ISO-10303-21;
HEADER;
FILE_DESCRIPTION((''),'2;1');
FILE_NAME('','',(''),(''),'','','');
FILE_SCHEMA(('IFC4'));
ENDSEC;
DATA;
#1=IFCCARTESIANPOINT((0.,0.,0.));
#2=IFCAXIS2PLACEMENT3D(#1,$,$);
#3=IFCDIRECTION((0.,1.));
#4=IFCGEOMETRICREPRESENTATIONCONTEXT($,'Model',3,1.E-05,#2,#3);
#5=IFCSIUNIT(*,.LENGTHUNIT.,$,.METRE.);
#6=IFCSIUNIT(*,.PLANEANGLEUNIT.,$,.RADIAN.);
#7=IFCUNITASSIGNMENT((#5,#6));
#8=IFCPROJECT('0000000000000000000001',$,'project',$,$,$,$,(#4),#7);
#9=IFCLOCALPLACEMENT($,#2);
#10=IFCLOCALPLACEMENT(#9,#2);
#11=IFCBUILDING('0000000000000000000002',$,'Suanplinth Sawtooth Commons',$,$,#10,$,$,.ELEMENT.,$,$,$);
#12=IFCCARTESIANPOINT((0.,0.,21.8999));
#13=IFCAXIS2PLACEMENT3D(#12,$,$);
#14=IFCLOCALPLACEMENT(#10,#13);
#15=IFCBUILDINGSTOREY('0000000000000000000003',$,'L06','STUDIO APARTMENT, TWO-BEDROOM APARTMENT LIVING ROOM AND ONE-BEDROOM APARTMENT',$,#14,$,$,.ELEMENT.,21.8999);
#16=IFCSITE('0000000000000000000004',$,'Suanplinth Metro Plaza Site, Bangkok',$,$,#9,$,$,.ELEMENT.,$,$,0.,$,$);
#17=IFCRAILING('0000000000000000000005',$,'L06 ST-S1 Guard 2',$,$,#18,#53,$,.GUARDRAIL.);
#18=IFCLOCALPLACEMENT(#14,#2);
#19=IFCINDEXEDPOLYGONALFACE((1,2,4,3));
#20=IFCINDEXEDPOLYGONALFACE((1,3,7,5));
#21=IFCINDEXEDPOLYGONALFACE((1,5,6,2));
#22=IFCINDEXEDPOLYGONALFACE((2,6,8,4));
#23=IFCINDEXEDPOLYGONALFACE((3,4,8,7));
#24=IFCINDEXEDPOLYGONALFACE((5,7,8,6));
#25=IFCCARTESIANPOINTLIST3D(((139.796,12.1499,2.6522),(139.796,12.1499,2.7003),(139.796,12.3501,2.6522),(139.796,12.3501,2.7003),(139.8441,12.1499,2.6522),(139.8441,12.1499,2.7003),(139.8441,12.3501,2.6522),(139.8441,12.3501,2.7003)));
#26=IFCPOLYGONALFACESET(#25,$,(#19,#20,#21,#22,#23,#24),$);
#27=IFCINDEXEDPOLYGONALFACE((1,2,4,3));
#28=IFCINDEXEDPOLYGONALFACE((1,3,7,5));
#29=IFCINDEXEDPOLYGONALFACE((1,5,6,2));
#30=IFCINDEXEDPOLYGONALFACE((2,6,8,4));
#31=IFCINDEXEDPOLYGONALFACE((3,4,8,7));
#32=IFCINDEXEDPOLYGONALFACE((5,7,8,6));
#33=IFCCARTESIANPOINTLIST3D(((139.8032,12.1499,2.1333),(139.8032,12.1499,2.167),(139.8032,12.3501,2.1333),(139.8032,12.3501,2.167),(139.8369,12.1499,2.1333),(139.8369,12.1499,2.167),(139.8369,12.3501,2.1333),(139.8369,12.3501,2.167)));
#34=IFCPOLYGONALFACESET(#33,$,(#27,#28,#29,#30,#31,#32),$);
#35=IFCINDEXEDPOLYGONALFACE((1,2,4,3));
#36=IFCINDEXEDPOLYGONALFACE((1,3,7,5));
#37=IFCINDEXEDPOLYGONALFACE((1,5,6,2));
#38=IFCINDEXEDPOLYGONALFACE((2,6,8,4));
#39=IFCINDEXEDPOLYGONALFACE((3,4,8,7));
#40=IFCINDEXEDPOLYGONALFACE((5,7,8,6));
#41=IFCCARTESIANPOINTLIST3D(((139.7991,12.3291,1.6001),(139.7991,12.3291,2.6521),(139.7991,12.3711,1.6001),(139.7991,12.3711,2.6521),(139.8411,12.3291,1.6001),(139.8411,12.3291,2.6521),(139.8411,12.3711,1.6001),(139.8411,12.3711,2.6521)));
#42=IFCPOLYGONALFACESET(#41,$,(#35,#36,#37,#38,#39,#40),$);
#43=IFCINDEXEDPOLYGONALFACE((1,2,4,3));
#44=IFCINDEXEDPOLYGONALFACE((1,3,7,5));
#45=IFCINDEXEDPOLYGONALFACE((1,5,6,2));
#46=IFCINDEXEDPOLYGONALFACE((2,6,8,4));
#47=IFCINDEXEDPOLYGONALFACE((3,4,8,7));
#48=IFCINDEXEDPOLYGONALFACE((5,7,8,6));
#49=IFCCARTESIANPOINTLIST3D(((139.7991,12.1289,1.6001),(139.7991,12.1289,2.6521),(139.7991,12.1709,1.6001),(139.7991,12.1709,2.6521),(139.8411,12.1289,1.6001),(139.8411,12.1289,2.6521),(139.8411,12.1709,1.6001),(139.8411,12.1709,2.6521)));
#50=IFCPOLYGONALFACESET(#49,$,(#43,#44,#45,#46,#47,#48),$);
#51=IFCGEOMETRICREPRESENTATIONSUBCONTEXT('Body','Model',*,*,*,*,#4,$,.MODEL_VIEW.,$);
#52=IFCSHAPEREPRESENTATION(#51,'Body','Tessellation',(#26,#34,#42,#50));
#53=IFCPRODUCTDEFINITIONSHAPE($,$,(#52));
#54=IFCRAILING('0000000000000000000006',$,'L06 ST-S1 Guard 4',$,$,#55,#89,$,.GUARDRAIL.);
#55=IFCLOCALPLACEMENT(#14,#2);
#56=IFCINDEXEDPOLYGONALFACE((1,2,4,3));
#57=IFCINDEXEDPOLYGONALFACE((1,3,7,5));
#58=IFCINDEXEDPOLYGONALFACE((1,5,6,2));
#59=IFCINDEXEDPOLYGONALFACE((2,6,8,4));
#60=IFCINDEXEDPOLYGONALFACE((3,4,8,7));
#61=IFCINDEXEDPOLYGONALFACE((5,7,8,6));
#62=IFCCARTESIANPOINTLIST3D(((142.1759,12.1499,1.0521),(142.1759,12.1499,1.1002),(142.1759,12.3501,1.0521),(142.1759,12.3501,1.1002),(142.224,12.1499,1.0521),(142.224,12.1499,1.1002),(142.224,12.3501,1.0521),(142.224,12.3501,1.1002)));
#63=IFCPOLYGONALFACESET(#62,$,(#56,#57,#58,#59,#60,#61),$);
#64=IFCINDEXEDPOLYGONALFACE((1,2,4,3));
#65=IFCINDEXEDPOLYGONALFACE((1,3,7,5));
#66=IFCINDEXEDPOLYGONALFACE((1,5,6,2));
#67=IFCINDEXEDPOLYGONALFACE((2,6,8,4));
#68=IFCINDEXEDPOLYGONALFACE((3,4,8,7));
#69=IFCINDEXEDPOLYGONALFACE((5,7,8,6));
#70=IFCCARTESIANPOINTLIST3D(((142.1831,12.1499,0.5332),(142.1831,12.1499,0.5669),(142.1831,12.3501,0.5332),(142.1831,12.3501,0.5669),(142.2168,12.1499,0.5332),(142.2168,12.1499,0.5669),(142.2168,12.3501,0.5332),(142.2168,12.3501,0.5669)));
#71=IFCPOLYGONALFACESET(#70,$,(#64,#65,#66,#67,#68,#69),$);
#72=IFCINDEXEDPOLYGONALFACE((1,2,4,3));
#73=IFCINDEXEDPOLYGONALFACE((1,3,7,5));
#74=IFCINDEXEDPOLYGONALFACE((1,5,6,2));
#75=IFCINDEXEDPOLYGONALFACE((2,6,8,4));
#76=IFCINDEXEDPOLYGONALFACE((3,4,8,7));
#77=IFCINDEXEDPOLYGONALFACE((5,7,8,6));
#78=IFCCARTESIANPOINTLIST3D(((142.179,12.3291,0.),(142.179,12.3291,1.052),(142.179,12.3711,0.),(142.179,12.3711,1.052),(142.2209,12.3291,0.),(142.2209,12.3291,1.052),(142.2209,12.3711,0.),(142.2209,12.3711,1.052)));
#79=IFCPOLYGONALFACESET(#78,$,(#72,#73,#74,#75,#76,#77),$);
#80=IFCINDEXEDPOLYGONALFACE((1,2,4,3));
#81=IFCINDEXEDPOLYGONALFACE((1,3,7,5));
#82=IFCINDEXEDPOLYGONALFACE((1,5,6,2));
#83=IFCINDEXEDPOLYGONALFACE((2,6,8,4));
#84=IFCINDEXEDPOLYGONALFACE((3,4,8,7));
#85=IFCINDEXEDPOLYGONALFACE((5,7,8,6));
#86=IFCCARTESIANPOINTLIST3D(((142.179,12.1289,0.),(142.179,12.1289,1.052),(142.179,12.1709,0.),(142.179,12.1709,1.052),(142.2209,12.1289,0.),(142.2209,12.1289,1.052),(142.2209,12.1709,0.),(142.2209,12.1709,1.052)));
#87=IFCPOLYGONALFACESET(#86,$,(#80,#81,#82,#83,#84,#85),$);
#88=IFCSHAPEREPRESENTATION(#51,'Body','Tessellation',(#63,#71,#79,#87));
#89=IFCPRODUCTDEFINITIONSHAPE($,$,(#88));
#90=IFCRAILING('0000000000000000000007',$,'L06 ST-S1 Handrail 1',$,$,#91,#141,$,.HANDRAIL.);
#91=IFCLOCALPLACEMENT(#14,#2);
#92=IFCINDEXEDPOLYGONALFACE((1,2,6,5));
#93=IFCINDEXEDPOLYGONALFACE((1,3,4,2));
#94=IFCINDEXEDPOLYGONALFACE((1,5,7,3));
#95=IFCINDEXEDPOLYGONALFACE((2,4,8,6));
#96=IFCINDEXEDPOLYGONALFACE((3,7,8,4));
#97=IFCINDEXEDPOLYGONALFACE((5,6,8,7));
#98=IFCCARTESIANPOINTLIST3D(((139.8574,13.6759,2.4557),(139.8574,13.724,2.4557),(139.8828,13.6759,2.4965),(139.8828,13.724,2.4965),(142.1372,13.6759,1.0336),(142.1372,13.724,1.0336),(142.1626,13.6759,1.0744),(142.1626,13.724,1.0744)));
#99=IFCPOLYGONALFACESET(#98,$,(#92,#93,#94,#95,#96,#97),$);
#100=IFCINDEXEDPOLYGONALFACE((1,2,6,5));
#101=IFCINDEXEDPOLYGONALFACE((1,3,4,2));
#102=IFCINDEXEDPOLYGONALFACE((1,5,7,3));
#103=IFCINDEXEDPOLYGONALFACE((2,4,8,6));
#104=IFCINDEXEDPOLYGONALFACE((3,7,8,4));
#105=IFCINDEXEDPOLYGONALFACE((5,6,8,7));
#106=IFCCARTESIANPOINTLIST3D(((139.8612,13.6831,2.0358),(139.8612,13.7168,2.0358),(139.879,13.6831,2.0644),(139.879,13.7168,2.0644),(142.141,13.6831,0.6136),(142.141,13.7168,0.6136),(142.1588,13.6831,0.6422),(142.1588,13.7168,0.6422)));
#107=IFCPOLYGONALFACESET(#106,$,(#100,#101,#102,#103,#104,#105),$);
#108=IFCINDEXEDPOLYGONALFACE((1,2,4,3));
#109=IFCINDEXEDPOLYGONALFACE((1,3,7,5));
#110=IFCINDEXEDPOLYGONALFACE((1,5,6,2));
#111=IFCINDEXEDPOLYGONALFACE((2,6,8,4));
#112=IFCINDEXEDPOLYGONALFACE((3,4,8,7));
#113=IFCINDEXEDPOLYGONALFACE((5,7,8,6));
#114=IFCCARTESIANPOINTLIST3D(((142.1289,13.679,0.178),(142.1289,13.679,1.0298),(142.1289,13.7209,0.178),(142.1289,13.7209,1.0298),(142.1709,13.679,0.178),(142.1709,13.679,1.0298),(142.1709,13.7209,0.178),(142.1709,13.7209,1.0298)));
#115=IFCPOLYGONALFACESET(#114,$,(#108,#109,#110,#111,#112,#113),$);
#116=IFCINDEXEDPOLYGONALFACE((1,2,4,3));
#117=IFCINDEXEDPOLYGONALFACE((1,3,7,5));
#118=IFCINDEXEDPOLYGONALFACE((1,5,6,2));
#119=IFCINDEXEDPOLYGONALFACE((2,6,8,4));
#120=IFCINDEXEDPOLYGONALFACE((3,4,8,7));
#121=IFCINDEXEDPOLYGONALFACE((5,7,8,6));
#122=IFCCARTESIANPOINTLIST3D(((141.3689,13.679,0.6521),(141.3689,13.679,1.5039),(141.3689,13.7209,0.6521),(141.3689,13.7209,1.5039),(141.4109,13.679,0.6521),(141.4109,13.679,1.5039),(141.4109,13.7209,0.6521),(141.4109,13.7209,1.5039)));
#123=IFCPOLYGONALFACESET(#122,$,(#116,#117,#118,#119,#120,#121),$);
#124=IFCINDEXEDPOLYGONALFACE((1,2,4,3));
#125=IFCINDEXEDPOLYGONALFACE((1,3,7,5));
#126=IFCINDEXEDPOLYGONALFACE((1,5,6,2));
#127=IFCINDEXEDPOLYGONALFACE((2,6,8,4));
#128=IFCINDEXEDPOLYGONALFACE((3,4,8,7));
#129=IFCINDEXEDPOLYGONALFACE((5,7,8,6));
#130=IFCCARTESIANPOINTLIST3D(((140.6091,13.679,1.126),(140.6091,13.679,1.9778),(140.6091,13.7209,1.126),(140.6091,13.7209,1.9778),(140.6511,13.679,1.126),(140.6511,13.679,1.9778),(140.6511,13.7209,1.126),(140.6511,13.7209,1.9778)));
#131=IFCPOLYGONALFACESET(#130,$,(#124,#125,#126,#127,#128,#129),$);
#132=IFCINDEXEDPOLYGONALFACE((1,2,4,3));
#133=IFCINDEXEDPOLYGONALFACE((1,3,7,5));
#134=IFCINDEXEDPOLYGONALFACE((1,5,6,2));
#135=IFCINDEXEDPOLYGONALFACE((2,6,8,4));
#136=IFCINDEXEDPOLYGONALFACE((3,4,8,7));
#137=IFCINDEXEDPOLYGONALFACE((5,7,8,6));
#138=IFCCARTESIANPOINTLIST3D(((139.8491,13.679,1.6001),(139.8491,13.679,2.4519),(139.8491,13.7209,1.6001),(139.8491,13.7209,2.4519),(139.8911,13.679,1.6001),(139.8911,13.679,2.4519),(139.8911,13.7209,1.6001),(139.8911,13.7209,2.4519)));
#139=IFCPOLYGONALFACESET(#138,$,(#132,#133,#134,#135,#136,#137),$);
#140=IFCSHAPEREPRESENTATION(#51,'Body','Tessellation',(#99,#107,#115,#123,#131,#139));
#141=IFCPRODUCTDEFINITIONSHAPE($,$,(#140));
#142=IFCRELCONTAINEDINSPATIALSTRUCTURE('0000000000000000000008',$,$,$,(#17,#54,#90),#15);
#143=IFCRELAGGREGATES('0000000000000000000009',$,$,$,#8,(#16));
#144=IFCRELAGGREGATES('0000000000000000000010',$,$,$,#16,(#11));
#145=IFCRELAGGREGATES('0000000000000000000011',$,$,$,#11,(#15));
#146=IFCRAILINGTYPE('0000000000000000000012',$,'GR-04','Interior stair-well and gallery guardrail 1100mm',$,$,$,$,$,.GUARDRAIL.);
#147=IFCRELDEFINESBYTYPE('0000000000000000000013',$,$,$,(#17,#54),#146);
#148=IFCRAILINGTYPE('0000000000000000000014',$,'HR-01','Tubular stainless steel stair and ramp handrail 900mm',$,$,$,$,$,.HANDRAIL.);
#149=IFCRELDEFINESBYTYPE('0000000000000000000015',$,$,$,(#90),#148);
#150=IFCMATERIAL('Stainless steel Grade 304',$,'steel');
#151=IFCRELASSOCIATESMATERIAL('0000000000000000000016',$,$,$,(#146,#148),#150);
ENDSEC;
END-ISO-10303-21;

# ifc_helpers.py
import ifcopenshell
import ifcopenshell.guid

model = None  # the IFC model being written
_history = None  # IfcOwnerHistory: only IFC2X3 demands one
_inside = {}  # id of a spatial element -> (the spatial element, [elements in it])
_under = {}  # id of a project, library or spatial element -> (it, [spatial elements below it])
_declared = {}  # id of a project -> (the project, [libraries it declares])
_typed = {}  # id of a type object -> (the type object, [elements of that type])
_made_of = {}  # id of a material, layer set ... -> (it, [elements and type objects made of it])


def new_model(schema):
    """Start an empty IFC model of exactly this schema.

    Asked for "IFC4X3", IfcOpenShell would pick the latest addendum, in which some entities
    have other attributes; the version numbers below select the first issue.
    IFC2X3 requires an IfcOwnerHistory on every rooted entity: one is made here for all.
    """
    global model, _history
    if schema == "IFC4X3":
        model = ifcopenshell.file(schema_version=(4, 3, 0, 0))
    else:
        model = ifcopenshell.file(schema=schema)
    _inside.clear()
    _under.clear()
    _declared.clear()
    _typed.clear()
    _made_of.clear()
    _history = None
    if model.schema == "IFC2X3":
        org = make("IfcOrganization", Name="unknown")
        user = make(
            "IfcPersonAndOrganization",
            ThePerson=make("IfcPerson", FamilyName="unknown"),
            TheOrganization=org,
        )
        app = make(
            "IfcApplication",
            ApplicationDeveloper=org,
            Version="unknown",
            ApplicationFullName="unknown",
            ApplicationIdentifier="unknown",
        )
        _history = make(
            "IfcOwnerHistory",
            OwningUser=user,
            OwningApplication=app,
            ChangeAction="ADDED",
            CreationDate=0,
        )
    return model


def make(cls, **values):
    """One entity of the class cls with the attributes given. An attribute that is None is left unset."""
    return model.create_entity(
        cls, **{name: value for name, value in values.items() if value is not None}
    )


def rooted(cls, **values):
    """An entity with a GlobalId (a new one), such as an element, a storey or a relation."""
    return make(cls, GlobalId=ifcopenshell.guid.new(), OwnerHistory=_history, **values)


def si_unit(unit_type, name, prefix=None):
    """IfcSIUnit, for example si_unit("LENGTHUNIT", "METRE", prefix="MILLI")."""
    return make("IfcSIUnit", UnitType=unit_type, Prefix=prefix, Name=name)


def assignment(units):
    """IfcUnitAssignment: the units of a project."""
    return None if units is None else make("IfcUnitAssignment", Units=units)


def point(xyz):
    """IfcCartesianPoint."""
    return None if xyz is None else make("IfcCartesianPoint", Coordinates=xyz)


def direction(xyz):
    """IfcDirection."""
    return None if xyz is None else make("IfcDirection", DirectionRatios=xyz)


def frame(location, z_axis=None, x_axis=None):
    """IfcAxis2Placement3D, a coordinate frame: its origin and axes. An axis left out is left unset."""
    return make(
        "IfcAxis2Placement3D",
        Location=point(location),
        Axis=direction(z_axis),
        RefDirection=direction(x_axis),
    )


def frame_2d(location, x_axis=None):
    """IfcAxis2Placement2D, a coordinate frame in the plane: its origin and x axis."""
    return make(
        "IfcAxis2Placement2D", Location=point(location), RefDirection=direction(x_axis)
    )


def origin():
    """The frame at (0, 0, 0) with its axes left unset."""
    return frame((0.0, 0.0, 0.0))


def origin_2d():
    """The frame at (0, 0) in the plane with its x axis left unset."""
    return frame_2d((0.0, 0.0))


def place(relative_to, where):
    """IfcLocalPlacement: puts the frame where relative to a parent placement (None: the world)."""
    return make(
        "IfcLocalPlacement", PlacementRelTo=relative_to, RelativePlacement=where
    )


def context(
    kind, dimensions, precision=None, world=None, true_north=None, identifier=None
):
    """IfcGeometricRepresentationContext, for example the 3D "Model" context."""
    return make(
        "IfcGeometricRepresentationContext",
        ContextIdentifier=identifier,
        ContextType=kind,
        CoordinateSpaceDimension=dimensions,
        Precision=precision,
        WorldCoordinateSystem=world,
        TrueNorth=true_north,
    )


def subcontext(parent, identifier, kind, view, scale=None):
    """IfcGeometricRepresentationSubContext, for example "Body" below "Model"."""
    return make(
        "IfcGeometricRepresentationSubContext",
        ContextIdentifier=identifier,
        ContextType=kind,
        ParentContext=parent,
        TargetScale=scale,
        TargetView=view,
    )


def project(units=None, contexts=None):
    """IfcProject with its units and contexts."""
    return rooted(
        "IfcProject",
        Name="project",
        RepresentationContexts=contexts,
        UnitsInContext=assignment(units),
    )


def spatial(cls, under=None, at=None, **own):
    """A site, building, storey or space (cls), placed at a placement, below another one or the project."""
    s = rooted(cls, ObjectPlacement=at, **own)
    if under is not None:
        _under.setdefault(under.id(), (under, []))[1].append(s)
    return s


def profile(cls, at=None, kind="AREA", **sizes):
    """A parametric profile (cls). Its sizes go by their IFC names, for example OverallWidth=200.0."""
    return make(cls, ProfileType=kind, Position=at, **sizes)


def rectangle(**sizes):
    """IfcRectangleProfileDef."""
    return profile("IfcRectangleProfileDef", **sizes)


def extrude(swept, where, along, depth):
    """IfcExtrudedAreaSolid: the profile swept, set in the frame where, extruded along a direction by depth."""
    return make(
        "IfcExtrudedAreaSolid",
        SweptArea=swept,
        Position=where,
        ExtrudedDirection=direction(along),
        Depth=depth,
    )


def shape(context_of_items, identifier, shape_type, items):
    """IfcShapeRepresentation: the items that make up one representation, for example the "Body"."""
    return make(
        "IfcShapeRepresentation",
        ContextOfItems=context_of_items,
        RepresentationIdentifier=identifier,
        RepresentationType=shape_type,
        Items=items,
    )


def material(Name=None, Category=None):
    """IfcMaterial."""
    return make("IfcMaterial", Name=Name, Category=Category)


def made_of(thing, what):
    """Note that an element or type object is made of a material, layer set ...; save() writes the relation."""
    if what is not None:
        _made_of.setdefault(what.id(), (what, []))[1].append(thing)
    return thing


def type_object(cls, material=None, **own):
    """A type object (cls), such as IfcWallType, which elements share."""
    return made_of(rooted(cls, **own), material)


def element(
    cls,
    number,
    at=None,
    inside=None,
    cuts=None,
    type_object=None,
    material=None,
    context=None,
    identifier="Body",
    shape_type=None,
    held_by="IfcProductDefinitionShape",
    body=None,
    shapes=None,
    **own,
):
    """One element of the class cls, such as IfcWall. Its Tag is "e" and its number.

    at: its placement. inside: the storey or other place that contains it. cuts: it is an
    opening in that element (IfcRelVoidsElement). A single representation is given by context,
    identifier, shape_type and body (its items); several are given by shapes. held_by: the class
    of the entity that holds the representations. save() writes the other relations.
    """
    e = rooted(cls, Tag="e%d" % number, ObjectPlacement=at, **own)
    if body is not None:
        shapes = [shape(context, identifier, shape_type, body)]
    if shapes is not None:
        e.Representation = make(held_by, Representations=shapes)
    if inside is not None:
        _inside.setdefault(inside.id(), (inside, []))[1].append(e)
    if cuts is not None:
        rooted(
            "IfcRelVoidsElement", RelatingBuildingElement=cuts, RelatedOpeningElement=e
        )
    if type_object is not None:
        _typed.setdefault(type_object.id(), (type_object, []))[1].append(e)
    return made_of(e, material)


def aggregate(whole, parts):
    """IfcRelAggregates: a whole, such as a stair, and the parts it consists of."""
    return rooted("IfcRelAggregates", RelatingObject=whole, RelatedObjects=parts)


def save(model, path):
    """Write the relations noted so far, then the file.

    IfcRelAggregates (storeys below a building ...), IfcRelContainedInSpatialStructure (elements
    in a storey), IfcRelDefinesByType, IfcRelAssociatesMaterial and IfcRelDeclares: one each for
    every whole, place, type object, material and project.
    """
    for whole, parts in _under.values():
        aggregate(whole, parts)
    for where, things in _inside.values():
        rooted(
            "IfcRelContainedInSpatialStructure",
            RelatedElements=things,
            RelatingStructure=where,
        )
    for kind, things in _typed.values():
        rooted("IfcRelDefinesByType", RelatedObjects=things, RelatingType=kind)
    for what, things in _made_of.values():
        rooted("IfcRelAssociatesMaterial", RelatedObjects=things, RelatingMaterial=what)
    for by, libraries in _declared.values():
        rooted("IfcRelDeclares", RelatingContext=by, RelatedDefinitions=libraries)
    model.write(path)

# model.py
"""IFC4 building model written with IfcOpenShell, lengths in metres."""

from ifc_helpers import new_model, si_unit, direction, frame, origin, origin_2d, place, context, subcontext, project, spatial, rectangle, extrude, material, type_object, element, save


model = new_model("IFC4")

# Units and contexts
model_context = context("Model", 3, precision=1e-05, world=origin(), true_north=direction((0.0, 1.0)))
body_context = subcontext(model_context, "Body", "Model", "MODEL_VIEW")
ifc_project = project(units=[si_unit("LENGTHUNIT", "METRE"), si_unit("PLANEANGLEUNIT", "RADIAN")], contexts=[model_context])

# Site, building, storey
site_placement = place(None, origin())
site = spatial("IfcSite", under=ifc_project, at=site_placement, Name="Suanplinth Metro Plaza Site, Bangkok", CompositionType="ELEMENT", RefElevation=0.0)
building_placement = place(site_placement, origin())
building = spatial("IfcBuilding", under=site, at=building_placement, Name="Suanplinth Sawtooth Commons", CompositionType="ELEMENT")
storey_placement = place(building_placement, frame((0.0, 0.0, 21.8999)))
storey = spatial("IfcBuildingStorey", under=building, at=storey_placement, Name="L06", Description="STUDIO APARTMENT, TWO-BEDROOM APARTMENT LIVING ROOM AND ONE-BEDROOM APARTMENT", CompositionType="ELEMENT", Elevation=21.8999)

# Railings
ifc_material_1 = material(Name="Stainless steel Grade 304", Category="steel")
railing_type_1 = type_object("IfcRailingType", Name="GR-04", Description="Interior stair-well and gallery guardrail 1100mm", PredefinedType="GUARDRAIL", material=ifc_material_1)
for number, where, name in (
    (1, (139.8201, 12.3501, 1.6001), "L06 ST-S1 Guard 2"),
    (2, (142.2, 12.3501, 0.0), "L06 ST-S1 Guard 4"),
):
    element("IfcRailing", number, at=place(storey_placement, frame(where)), inside=storey, type_object=railing_type_1, Name=name, PredefinedType="GUARDRAIL", context=body_context, shape_type="SweptSolid", body=[
        extrude(rectangle(XDim=0.0481, YDim=0.0481, at=origin_2d()), frame((0.0, 0.0, 1.0762), z_axis=(0.0, -1.0, 0.0), x_axis=(1.0, 0.0, 0.0)), (0.0, 0.0, 1.0), 0.2002),
        extrude(rectangle(XDim=0.0337, YDim=0.0337, at=origin_2d()), frame((0.0, 0.0, 0.55), z_axis=(0.0, -1.0, 0.0), x_axis=(1.0, 0.0, 0.0)), (0.0, 0.0, 1.0), 0.2002),
        extrude(rectangle(XDim=0.042, YDim=0.042, at=origin_2d()), origin(), (0.0, 0.0, 1.0), 1.052),
        extrude(rectangle(XDim=0.042, YDim=0.042, at=origin_2d()), frame((0.0, -0.2002, 0.0)), (0.0, 0.0, 1.0), 1.052),
    ])
railing_type_2 = type_object("IfcRailingType", Name="HR-01", Description="Tubular stainless steel stair and ramp handrail 900mm", PredefinedType="HANDRAIL", material=ifc_material_1)
railing_1_placement = place(storey_placement, frame((142.1499, 13.7, 0.178)))
element("IfcRailing", 3, at=railing_1_placement, inside=storey, type_object=railing_type_2, Name="L06 ST-S1 Handrail 1", PredefinedType="HANDRAIL", context=body_context, shape_type="SweptSolid", body=[
    extrude(rectangle(XDim=0.0481, YDim=0.0481, at=origin_2d()), frame((0.0, 0.0, 0.876), z_axis=(-0.848457, 0.0, 0.529264), x_axis=(0.0, -1.0, 0.0)), (0.0, 0.0, 1.0), 2.687),
    extrude(rectangle(XDim=0.0337, YDim=0.0337, at=origin_2d()), frame((0.0, 0.0, 0.45), z_axis=(-0.848457, 0.0, 0.529264), x_axis=(0.0, -1.0, 0.0)), (0.0, 0.0, 1.0), 2.687),
    extrude(rectangle(XDim=0.042, YDim=0.042, at=origin_2d()), origin(), (0.0, 0.0, 1.0), 0.8518),
    extrude(rectangle(XDim=0.042, YDim=0.042, at=origin_2d()), frame((-0.76, 0.0, 0.4741)), (0.0, 0.0, 1.0), 0.8518),
    extrude(rectangle(XDim=0.042, YDim=0.042, at=origin_2d()), frame((-1.5198, 0.0, 0.948)), (0.0, 0.0, 1.0), 0.8518),
    extrude(rectangle(XDim=0.042, YDim=0.042, at=origin_2d()), frame((-2.2798, 0.0, 1.4221)), (0.0, 0.0, 1.0), 0.8518),
])

save(model, "model.ifc")
